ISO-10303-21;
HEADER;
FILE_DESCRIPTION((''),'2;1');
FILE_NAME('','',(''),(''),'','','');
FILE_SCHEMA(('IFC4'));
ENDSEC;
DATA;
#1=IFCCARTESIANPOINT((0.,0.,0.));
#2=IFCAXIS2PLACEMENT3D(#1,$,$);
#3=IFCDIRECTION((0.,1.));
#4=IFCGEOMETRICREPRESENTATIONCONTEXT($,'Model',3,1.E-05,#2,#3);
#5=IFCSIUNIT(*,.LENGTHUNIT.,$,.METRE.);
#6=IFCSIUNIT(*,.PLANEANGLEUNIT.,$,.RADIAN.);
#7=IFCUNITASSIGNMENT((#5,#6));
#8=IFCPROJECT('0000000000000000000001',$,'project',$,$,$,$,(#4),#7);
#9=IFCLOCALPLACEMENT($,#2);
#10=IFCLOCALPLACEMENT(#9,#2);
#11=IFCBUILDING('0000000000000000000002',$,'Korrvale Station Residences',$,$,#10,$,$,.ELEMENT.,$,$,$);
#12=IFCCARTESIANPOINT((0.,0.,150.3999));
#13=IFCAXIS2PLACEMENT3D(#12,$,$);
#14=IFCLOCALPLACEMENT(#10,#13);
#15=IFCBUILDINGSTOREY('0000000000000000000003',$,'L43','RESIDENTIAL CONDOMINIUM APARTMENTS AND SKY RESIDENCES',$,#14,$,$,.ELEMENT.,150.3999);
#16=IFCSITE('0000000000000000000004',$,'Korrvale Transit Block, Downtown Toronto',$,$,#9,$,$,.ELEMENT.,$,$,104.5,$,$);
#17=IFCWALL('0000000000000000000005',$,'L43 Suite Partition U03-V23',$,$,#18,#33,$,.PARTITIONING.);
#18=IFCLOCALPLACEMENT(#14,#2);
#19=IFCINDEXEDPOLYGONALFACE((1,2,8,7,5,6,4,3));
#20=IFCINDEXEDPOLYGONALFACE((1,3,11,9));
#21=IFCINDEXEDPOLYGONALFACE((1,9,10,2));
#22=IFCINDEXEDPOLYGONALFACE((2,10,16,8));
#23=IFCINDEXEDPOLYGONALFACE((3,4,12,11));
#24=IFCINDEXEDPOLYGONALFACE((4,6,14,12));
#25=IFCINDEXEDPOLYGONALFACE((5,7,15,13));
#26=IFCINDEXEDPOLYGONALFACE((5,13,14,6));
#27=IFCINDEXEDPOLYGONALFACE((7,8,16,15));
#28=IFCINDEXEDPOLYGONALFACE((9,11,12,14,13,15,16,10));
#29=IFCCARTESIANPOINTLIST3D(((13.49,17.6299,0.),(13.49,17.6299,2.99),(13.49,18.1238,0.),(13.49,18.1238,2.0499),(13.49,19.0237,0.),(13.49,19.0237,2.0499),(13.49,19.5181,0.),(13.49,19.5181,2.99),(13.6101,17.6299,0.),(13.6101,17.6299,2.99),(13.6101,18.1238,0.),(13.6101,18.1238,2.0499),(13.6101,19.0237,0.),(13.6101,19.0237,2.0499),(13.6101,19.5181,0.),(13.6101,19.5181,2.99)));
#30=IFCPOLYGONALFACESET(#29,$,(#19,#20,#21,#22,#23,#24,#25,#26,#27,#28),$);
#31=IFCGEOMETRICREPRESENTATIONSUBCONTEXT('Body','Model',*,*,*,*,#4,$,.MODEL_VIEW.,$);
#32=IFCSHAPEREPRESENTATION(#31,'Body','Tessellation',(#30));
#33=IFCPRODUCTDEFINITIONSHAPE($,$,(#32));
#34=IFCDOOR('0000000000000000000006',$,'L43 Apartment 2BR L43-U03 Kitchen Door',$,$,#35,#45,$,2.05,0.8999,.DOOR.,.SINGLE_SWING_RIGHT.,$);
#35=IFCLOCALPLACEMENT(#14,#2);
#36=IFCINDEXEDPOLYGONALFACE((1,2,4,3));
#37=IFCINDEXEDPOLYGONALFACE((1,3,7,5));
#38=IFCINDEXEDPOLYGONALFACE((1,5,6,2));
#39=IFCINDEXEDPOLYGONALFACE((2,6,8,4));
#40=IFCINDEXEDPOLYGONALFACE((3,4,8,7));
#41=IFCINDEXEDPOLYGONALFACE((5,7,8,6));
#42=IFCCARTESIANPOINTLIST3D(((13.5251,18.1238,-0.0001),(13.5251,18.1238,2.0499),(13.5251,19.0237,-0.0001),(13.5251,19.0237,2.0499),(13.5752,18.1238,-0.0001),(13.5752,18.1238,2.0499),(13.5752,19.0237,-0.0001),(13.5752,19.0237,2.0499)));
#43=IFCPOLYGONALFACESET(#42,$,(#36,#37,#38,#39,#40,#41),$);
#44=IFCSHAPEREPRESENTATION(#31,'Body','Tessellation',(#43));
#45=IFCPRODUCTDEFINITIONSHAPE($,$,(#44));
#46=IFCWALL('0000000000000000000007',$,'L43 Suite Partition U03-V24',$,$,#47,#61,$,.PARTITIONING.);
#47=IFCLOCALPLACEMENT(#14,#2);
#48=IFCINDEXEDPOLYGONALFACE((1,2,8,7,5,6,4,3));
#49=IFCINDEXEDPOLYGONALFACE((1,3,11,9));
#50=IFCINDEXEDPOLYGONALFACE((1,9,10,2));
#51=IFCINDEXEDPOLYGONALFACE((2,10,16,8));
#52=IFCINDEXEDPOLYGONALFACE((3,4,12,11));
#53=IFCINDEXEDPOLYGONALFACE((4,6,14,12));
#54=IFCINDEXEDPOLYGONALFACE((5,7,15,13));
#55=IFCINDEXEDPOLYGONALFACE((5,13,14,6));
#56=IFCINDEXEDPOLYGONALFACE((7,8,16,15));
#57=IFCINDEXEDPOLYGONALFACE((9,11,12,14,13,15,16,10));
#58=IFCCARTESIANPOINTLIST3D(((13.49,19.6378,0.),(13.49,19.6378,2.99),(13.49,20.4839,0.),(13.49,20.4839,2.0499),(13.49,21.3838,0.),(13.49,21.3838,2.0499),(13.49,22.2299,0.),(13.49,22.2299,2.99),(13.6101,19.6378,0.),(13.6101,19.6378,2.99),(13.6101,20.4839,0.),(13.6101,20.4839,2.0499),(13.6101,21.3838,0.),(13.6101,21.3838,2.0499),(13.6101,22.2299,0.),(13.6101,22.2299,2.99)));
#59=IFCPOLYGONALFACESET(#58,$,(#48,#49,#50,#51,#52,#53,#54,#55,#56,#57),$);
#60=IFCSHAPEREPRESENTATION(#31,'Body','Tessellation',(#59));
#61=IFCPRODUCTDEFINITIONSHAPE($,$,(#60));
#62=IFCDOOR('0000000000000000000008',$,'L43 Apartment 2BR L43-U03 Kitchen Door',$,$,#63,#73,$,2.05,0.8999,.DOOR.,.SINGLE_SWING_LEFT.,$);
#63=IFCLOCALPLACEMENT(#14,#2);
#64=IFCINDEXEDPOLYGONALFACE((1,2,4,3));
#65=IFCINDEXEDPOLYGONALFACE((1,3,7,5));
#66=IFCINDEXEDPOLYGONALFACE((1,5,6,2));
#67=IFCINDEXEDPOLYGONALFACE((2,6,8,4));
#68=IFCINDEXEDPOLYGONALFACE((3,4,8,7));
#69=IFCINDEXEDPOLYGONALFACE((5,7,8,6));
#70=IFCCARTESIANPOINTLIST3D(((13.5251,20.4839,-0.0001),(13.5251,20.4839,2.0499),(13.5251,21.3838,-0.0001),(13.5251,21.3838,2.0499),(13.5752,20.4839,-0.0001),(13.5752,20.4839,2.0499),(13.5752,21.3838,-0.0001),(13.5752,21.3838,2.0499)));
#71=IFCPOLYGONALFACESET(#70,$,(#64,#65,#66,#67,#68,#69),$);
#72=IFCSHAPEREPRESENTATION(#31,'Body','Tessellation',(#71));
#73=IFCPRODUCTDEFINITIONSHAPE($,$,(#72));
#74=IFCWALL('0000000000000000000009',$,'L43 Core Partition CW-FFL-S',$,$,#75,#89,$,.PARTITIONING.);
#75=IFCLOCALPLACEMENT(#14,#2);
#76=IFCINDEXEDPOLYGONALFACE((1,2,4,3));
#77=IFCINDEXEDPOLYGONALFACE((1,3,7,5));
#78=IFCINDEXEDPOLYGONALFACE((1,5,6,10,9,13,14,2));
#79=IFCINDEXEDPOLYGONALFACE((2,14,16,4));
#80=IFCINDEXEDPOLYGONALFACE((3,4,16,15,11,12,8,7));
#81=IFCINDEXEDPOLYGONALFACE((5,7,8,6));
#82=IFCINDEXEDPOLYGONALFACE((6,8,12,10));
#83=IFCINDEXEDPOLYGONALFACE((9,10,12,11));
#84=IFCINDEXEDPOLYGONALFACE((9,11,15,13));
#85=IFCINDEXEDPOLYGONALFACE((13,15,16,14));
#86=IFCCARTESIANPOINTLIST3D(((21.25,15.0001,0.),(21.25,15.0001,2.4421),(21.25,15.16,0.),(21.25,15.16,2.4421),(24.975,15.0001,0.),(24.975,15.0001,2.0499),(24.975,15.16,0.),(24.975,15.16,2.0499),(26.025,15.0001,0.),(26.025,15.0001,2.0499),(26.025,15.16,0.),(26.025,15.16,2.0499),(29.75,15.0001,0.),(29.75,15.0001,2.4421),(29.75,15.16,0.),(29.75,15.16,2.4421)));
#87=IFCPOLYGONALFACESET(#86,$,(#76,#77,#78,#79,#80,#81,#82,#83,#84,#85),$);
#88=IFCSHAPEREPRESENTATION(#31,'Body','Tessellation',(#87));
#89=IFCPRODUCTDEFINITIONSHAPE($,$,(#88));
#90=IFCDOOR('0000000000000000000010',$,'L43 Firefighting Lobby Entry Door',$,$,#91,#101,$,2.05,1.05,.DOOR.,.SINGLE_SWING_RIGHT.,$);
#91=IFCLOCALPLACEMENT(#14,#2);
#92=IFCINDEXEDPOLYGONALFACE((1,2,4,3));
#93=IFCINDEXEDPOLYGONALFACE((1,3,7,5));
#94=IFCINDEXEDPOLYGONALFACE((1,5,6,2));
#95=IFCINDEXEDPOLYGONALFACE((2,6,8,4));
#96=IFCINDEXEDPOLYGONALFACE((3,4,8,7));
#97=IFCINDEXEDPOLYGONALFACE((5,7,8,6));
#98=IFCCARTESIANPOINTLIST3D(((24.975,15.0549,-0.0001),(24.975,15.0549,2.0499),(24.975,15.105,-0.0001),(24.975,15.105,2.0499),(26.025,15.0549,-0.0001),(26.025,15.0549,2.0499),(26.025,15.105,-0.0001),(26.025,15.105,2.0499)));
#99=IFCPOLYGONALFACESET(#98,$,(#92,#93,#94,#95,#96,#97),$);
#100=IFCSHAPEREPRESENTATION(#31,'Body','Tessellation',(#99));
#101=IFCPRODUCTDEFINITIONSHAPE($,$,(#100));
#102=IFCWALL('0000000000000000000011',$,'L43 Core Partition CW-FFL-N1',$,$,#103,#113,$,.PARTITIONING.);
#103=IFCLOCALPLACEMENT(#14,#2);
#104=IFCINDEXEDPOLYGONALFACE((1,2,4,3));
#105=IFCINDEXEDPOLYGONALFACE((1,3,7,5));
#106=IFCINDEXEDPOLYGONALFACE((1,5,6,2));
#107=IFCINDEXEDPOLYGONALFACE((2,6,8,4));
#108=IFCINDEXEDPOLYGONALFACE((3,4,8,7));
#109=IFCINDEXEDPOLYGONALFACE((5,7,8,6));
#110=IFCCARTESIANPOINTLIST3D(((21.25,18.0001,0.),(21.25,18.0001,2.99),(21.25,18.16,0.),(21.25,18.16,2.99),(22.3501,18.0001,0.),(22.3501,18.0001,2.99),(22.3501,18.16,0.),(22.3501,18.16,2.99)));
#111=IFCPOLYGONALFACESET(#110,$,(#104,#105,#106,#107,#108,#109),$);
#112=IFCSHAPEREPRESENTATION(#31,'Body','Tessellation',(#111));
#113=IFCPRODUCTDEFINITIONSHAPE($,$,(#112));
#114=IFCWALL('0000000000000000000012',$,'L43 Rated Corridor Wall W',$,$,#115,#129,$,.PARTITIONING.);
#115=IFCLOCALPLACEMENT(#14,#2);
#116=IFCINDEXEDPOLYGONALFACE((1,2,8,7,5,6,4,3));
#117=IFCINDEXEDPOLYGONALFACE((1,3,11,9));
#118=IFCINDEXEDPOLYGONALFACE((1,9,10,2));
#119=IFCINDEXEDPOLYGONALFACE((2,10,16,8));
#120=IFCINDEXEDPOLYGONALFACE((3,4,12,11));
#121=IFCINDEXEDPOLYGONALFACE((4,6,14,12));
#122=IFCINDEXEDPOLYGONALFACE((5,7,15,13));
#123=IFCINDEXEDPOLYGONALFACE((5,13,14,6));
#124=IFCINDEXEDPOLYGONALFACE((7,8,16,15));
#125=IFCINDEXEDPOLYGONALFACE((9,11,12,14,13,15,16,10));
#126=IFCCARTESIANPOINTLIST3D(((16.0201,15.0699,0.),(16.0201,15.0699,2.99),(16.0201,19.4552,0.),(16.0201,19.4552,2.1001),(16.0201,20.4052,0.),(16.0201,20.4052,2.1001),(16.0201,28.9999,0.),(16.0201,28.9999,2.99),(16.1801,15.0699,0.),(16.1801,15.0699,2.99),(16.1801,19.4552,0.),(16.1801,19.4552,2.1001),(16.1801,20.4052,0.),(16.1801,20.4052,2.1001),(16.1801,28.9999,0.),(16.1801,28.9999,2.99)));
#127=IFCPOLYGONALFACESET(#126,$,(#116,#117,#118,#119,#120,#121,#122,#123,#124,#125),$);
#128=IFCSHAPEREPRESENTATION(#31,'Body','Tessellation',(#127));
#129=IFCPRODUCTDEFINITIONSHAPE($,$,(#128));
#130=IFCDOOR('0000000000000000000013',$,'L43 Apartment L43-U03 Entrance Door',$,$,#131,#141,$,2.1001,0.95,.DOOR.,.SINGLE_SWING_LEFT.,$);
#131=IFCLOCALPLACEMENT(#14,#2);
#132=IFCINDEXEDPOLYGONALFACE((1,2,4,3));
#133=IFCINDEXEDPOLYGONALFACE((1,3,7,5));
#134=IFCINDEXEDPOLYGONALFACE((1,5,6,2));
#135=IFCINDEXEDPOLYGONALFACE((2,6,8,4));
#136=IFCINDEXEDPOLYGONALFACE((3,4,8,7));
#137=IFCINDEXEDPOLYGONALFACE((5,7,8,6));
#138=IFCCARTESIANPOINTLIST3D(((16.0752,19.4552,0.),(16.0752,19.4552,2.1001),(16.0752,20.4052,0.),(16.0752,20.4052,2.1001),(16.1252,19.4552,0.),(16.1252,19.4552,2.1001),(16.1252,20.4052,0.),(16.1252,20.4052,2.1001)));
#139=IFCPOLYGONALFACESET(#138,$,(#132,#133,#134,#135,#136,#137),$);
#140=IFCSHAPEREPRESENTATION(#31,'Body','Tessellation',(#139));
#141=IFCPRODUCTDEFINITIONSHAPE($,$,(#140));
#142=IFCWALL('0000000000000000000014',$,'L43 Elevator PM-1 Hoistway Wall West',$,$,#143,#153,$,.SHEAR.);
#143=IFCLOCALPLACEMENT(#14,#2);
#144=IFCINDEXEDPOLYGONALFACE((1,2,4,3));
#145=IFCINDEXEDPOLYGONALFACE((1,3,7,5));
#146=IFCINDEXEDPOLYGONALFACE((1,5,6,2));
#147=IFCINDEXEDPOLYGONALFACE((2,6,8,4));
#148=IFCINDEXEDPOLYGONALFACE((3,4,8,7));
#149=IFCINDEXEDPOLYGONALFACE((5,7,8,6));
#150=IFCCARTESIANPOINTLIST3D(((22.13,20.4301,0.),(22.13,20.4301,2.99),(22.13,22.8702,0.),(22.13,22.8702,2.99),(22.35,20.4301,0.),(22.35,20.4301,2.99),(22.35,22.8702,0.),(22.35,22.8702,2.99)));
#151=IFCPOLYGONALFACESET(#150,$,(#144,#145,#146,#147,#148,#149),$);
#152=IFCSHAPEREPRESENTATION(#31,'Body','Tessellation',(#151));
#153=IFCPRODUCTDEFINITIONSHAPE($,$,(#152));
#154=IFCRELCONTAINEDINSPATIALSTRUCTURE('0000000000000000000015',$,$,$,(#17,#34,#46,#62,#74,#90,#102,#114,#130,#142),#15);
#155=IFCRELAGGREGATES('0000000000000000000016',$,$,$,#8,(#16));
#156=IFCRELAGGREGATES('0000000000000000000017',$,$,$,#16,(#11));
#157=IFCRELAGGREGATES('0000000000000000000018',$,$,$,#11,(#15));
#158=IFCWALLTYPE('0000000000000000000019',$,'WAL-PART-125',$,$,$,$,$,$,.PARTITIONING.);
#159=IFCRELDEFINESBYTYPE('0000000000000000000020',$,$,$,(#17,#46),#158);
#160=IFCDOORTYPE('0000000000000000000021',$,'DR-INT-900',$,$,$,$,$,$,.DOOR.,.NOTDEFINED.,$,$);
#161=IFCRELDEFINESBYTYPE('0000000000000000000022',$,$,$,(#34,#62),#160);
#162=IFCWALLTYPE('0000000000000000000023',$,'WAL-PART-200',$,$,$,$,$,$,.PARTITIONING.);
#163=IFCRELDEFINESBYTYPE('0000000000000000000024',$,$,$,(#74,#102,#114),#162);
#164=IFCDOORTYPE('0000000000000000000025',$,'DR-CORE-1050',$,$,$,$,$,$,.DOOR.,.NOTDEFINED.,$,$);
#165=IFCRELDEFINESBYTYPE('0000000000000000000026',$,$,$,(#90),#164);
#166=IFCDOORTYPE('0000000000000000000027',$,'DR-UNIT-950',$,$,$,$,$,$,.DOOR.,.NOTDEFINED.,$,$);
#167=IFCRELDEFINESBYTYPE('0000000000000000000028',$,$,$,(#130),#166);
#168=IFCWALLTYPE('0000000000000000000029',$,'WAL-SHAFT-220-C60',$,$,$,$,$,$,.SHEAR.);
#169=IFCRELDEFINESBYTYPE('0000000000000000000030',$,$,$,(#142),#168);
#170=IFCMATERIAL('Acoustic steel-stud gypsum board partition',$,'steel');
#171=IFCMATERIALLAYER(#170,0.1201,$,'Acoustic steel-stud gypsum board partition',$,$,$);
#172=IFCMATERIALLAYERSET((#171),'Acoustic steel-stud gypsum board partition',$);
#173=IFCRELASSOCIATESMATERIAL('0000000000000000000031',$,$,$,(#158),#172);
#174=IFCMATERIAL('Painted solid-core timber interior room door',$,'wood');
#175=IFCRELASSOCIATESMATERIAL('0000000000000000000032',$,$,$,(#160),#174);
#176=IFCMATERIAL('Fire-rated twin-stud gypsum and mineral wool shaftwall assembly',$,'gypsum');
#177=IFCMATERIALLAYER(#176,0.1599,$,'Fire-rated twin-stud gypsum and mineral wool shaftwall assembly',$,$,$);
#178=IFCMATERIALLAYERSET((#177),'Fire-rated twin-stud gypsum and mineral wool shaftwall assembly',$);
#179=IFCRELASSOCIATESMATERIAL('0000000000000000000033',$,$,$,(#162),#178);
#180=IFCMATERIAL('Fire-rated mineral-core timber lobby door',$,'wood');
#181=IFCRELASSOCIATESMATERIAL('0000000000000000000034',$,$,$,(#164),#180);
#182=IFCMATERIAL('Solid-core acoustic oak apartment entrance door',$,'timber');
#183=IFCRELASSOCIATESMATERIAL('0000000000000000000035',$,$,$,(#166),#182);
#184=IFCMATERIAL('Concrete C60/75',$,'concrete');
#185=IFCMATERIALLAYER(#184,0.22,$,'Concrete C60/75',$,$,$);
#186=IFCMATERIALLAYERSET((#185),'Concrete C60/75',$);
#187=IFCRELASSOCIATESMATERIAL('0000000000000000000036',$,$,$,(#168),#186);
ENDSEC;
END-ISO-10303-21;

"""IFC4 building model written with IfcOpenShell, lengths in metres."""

from ifc_helpers import new_model, si_unit, direction, frame, frame_2d, origin, place, context, subcontext, project, spatial, rectangle, extrude, material, layer, layer_set, type_object, element, fill, save


model = new_model("IFC4")

# Units and contexts
model_context = context("Model", 3, precision=1e-05, world=origin(), true_north=direction((0.0, 1.0)))
body_context = subcontext(model_context, "Body", "Model", "MODEL_VIEW")
ifc_project = project(units=[si_unit("LENGTHUNIT", "METRE"), si_unit("PLANEANGLEUNIT", "RADIAN")], contexts=[model_context])

# Site, building, storey
site_placement = place(None, origin())
site = spatial("IfcSite", under=ifc_project, at=site_placement, Name="Korrvale Transit Block, Downtown Toronto", CompositionType="ELEMENT", RefElevation=104.5)
building_placement = place(site_placement, origin())
building = spatial("IfcBuilding", under=site, at=building_placement, Name="Korrvale Station Residences", CompositionType="ELEMENT")
storey_placement = place(building_placement, frame((0.0, 0.0, 150.3999)))
storey = spatial("IfcBuildingStorey", under=building, at=storey_placement, Name="L43", Description="RESIDENTIAL CONDOMINIUM APARTMENTS AND SKY RESIDENCES", CompositionType="ELEMENT", Elevation=150.3999)

# Shared definitions
ifc_material_1 = material(Name="Concrete C60/75", Category="concrete")

# Shared definitions
ifc_material_2 = material(Name="Acoustic steel-stud gypsum board partition", Category="steel")
ifc_layer_1 = layer(ifc_material_2, 0.1201, Name="Acoustic steel-stud gypsum board partition")
ifc_layer_set_1 = layer_set([ifc_layer_1], Name="Acoustic steel-stud gypsum board partition")
wall_type_1 = type_object("IfcWallType", Name="WAL-PART-125", PredefinedType="PARTITIONING", material=ifc_layer_set_1)

# Walls, openings, doors
wall_1_placement = place(storey_placement, frame((13.55, 17.6299, 0.0), z_axis=(0.0, 0.0, 1.0), x_axis=(0.0, 1.0, 0.0)))
wall_1 = element("IfcWall", 1, at=wall_1_placement, inside=storey, type_object=wall_type_1, Name="L43 Suite Partition U03-V23", PredefinedType="PARTITIONING", context=body_context, shape_type="SweptSolid", body=[
    extrude(rectangle(XDim=1.8882, YDim=0.1201, at=frame_2d((0.9441, 0.0))), origin(), (0.0, 0.0, 1.0), 2.99),
])
opening_1_placement = place(wall_1_placement, frame((0.4939, 0.0, 0.0)))
opening_1 = element("IfcOpeningElement", 2, at=opening_1_placement, cuts=wall_1, PredefinedType="OPENING", context=body_context, shape_type="SweptSolid", body=[
    extrude(rectangle(XDim=0.8999, YDim=2.05, at=frame_2d((0.45, 1.0249))), frame((0.0, 0.0701, 0.0), z_axis=(0.0, -1.0, 0.0), x_axis=(1.0, 0.0, 0.0)), (0.0, 0.0, 1.0), 0.1401),
])
ifc_material_3 = material(Name="Painted solid-core timber interior room door", Category="wood")
door_type_1 = type_object("IfcDoorType", Name="DR-INT-900", OperationType="NOTDEFINED", PredefinedType="DOOR", material=ifc_material_3)
door_1_placement = place(opening_1_placement, origin())
door_1 = element("IfcDoor", 3, at=door_1_placement, inside=storey, type_object=door_type_1, Name="L43 Apartment 2BR L43-U03 Kitchen Door", OperationType="SINGLE_SWING_RIGHT", OverallHeight=2.05, OverallWidth=0.8999, PredefinedType="DOOR", context=body_context, shape_type="SweptSolid", body=[
    extrude(rectangle(XDim=0.8999, YDim=2.05, at=frame_2d((0.45, 1.0249))), frame((0.0, 0.0249, 0.0), z_axis=(0.0, -1.0, 0.0), x_axis=(1.0, 0.0, 0.0)), (0.0, 0.0, 1.0), 0.05),
])
fill(opening_1, door_1)
wall_2_placement = place(storey_placement, frame((13.55, 19.6379, 0.0), z_axis=(0.0, 0.0, 1.0), x_axis=(0.0, 1.0, 0.0)))
wall_2 = element("IfcWall", 4, at=wall_2_placement, inside=storey, type_object=wall_type_1, Name="L43 Suite Partition U03-V24", PredefinedType="PARTITIONING", context=body_context, shape_type="SweptSolid", body=[
    extrude(rectangle(XDim=2.592, YDim=0.1201, at=frame_2d((1.2959, 0.0))), origin(), (0.0, 0.0, 1.0), 2.99),
])
opening_2_placement = place(wall_2_placement, frame((0.8459, 0.0, 0.0)))
opening_2 = element("IfcOpeningElement", 5, at=opening_2_placement, cuts=wall_2, PredefinedType="OPENING", context=body_context, shape_type="SweptSolid", body=[
    extrude(rectangle(XDim=0.8999, YDim=2.05, at=frame_2d((0.45, 1.0249))), frame((0.0, 0.0701, 0.0), z_axis=(0.0, -1.0, 0.0), x_axis=(1.0, 0.0, 0.0)), (0.0, 0.0, 1.0), 0.1401),
])
door_2_placement = place(opening_2_placement, origin())
door_2 = element("IfcDoor", 6, at=door_2_placement, inside=storey, type_object=door_type_1, Name="L43 Apartment 2BR L43-U03 Kitchen Door", OperationType="SINGLE_SWING_LEFT", OverallHeight=2.05, OverallWidth=0.8999, PredefinedType="DOOR", context=body_context, shape_type="SweptSolid", body=[
    extrude(rectangle(XDim=0.8999, YDim=2.05, at=frame_2d((0.45, 1.0249))), frame((0.0, 0.0249, 0.0), z_axis=(0.0, -1.0, 0.0), x_axis=(1.0, 0.0, 0.0)), (0.0, 0.0, 1.0), 0.05),
])
fill(opening_2, door_2)
ifc_material_4 = material(Name="Fire-rated twin-stud gypsum and mineral wool shaftwall assembly", Category="gypsum")
ifc_layer_2 = layer(ifc_material_4, 0.1599, Name="Fire-rated twin-stud gypsum and mineral wool shaftwall assembly")
ifc_layer_set_2 = layer_set([ifc_layer_2], Name="Fire-rated twin-stud gypsum and mineral wool shaftwall assembly")
wall_type_2 = type_object("IfcWallType", Name="WAL-PART-200", PredefinedType="PARTITIONING", material=ifc_layer_set_2)
wall_3_placement = place(storey_placement, frame((21.25, 15.0801, 0.0), z_axis=(0.0, 0.0, 1.0), x_axis=(1.0, 0.0, 0.0)))
wall_3 = element("IfcWall", 7, at=wall_3_placement, inside=storey, type_object=wall_type_2, Name="L43 Core Partition CW-FFL-S", PredefinedType="PARTITIONING", context=body_context, shape_type="SweptSolid", body=[
    extrude(rectangle(XDim=8.5, YDim=0.1599, at=frame_2d((4.25, 0.0))), origin(), (0.0, 0.0, 1.0), 2.4421),
])
opening_3_placement = place(wall_3_placement, frame((3.7251, 0.0, 0.0)))
opening_3 = element("IfcOpeningElement", 8, at=opening_3_placement, cuts=wall_3, PredefinedType="OPENING", context=body_context, shape_type="SweptSolid", body=[
    extrude(rectangle(XDim=1.05, YDim=2.05, at=frame_2d((0.5249, 1.0249))), frame((0.0, 0.0898, 0.0), z_axis=(0.0, -1.0, 0.0), x_axis=(1.0, 0.0, 0.0)), (0.0, 0.0, 1.0), 0.1799),
])
ifc_material_5 = material(Name="Fire-rated mineral-core timber lobby door", Category="wood")
door_type_2 = type_object("IfcDoorType", Name="DR-CORE-1050", OperationType="NOTDEFINED", PredefinedType="DOOR", material=ifc_material_5)
door_3_placement = place(opening_3_placement, origin())
door_3 = element("IfcDoor", 9, at=door_3_placement, inside=storey, type_object=door_type_2, Name="L43 Firefighting Lobby Entry Door", OperationType="SINGLE_SWING_RIGHT", OverallHeight=2.05, OverallWidth=1.05, PredefinedType="DOOR", context=body_context, shape_type="SweptSolid", body=[
    extrude(rectangle(XDim=1.05, YDim=2.05, at=frame_2d((0.5249, 1.0249))), frame((0.0, 0.0249, 0.0), z_axis=(0.0, -1.0, 0.0), x_axis=(1.0, 0.0, 0.0)), (0.0, 0.0, 1.0), 0.05),
])
fill(opening_3, door_3)

# Wall
wall_4_placement = place(storey_placement, frame((21.25, 18.0801, 0.0), z_axis=(0.0, 0.0, 1.0), x_axis=(1.0, 0.0, 0.0)))
element("IfcWall", 10, at=wall_4_placement, inside=storey, type_object=wall_type_2, Name="L43 Core Partition CW-FFL-N1", PredefinedType="PARTITIONING", context=body_context, shape_type="SweptSolid", body=[
    extrude(rectangle(XDim=1.1001, YDim=0.1599, at=frame_2d((0.55, 0.0))), origin(), (0.0, 0.0, 1.0), 2.99),
])

# Wall, opening, door
wall_5_placement = place(storey_placement, frame((16.1001, 15.0701, 0.0), z_axis=(0.0, 0.0, 1.0), x_axis=(0.0, 1.0, 0.0)))
wall_5 = element("IfcWall", 11, at=wall_5_placement, inside=storey, type_object=wall_type_2, Name="L43 Rated Corridor Wall W", PredefinedType="PARTITIONING", context=body_context, shape_type="SweptSolid", body=[
    extrude(rectangle(XDim=13.9299, YDim=0.1599, at=frame_2d((6.9648, 0.0))), origin(), (0.0, 0.0, 1.0), 2.99),
])
opening_4_placement = place(wall_5_placement, frame((4.385, 0.0, 0.0)))
opening_4 = element("IfcOpeningElement", 12, at=opening_4_placement, cuts=wall_5, PredefinedType="OPENING", context=body_context, shape_type="SweptSolid", body=[
    extrude(rectangle(XDim=0.95, YDim=2.1001, at=frame_2d((0.4751, 1.05))), frame((0.0, 0.0898, 0.0), z_axis=(0.0, -1.0, 0.0), x_axis=(1.0, 0.0, 0.0)), (0.0, 0.0, 1.0), 0.1799),
])
ifc_material_6 = material(Name="Solid-core acoustic oak apartment entrance door", Category="timber")
door_type_3 = type_object("IfcDoorType", Name="DR-UNIT-950", OperationType="NOTDEFINED", PredefinedType="DOOR", material=ifc_material_6)
door_4_placement = place(opening_4_placement, origin())
door_4 = element("IfcDoor", 13, at=door_4_placement, inside=storey, type_object=door_type_3, Name="L43 Apartment L43-U03 Entrance Door", OperationType="SINGLE_SWING_LEFT", OverallHeight=2.1001, OverallWidth=0.95, PredefinedType="DOOR", context=body_context, shape_type="SweptSolid", body=[
    extrude(rectangle(XDim=0.95, YDim=2.1001, at=frame_2d((0.4751, 1.05))), frame((0.0, 0.0249, 0.0), z_axis=(0.0, -1.0, 0.0), x_axis=(1.0, 0.0, 0.0)), (0.0, 0.0, 1.0), 0.05),
])
fill(opening_4, door_4)

# Wall
ifc_layer_3 = layer(ifc_material_1, 0.22, Name="Concrete C60/75")
ifc_layer_set_3 = layer_set([ifc_layer_3], Name="Concrete C60/75")
wall_type_3 = type_object("IfcWallType", Name="WAL-SHAFT-220-C60", PredefinedType="SHEAR", material=ifc_layer_set_3)
wall_6_placement = place(storey_placement, frame((22.24, 20.4299, 0.0), z_axis=(0.0, 0.0, 1.0), x_axis=(0.0, 1.0, 0.0)))
element("IfcWall", 14, at=wall_6_placement, inside=storey, type_object=wall_type_3, Name="L43 Elevator PM-1 Hoistway Wall West", PredefinedType="SHEAR", context=body_context, shape_type="SweptSolid", body=[
    extrude(rectangle(XDim=2.4402, YDim=0.22, at=frame_2d((1.2202, 0.0))), origin(), (0.0, 0.0, 1.0), 2.99),
])

save(model, "model.ifc")
